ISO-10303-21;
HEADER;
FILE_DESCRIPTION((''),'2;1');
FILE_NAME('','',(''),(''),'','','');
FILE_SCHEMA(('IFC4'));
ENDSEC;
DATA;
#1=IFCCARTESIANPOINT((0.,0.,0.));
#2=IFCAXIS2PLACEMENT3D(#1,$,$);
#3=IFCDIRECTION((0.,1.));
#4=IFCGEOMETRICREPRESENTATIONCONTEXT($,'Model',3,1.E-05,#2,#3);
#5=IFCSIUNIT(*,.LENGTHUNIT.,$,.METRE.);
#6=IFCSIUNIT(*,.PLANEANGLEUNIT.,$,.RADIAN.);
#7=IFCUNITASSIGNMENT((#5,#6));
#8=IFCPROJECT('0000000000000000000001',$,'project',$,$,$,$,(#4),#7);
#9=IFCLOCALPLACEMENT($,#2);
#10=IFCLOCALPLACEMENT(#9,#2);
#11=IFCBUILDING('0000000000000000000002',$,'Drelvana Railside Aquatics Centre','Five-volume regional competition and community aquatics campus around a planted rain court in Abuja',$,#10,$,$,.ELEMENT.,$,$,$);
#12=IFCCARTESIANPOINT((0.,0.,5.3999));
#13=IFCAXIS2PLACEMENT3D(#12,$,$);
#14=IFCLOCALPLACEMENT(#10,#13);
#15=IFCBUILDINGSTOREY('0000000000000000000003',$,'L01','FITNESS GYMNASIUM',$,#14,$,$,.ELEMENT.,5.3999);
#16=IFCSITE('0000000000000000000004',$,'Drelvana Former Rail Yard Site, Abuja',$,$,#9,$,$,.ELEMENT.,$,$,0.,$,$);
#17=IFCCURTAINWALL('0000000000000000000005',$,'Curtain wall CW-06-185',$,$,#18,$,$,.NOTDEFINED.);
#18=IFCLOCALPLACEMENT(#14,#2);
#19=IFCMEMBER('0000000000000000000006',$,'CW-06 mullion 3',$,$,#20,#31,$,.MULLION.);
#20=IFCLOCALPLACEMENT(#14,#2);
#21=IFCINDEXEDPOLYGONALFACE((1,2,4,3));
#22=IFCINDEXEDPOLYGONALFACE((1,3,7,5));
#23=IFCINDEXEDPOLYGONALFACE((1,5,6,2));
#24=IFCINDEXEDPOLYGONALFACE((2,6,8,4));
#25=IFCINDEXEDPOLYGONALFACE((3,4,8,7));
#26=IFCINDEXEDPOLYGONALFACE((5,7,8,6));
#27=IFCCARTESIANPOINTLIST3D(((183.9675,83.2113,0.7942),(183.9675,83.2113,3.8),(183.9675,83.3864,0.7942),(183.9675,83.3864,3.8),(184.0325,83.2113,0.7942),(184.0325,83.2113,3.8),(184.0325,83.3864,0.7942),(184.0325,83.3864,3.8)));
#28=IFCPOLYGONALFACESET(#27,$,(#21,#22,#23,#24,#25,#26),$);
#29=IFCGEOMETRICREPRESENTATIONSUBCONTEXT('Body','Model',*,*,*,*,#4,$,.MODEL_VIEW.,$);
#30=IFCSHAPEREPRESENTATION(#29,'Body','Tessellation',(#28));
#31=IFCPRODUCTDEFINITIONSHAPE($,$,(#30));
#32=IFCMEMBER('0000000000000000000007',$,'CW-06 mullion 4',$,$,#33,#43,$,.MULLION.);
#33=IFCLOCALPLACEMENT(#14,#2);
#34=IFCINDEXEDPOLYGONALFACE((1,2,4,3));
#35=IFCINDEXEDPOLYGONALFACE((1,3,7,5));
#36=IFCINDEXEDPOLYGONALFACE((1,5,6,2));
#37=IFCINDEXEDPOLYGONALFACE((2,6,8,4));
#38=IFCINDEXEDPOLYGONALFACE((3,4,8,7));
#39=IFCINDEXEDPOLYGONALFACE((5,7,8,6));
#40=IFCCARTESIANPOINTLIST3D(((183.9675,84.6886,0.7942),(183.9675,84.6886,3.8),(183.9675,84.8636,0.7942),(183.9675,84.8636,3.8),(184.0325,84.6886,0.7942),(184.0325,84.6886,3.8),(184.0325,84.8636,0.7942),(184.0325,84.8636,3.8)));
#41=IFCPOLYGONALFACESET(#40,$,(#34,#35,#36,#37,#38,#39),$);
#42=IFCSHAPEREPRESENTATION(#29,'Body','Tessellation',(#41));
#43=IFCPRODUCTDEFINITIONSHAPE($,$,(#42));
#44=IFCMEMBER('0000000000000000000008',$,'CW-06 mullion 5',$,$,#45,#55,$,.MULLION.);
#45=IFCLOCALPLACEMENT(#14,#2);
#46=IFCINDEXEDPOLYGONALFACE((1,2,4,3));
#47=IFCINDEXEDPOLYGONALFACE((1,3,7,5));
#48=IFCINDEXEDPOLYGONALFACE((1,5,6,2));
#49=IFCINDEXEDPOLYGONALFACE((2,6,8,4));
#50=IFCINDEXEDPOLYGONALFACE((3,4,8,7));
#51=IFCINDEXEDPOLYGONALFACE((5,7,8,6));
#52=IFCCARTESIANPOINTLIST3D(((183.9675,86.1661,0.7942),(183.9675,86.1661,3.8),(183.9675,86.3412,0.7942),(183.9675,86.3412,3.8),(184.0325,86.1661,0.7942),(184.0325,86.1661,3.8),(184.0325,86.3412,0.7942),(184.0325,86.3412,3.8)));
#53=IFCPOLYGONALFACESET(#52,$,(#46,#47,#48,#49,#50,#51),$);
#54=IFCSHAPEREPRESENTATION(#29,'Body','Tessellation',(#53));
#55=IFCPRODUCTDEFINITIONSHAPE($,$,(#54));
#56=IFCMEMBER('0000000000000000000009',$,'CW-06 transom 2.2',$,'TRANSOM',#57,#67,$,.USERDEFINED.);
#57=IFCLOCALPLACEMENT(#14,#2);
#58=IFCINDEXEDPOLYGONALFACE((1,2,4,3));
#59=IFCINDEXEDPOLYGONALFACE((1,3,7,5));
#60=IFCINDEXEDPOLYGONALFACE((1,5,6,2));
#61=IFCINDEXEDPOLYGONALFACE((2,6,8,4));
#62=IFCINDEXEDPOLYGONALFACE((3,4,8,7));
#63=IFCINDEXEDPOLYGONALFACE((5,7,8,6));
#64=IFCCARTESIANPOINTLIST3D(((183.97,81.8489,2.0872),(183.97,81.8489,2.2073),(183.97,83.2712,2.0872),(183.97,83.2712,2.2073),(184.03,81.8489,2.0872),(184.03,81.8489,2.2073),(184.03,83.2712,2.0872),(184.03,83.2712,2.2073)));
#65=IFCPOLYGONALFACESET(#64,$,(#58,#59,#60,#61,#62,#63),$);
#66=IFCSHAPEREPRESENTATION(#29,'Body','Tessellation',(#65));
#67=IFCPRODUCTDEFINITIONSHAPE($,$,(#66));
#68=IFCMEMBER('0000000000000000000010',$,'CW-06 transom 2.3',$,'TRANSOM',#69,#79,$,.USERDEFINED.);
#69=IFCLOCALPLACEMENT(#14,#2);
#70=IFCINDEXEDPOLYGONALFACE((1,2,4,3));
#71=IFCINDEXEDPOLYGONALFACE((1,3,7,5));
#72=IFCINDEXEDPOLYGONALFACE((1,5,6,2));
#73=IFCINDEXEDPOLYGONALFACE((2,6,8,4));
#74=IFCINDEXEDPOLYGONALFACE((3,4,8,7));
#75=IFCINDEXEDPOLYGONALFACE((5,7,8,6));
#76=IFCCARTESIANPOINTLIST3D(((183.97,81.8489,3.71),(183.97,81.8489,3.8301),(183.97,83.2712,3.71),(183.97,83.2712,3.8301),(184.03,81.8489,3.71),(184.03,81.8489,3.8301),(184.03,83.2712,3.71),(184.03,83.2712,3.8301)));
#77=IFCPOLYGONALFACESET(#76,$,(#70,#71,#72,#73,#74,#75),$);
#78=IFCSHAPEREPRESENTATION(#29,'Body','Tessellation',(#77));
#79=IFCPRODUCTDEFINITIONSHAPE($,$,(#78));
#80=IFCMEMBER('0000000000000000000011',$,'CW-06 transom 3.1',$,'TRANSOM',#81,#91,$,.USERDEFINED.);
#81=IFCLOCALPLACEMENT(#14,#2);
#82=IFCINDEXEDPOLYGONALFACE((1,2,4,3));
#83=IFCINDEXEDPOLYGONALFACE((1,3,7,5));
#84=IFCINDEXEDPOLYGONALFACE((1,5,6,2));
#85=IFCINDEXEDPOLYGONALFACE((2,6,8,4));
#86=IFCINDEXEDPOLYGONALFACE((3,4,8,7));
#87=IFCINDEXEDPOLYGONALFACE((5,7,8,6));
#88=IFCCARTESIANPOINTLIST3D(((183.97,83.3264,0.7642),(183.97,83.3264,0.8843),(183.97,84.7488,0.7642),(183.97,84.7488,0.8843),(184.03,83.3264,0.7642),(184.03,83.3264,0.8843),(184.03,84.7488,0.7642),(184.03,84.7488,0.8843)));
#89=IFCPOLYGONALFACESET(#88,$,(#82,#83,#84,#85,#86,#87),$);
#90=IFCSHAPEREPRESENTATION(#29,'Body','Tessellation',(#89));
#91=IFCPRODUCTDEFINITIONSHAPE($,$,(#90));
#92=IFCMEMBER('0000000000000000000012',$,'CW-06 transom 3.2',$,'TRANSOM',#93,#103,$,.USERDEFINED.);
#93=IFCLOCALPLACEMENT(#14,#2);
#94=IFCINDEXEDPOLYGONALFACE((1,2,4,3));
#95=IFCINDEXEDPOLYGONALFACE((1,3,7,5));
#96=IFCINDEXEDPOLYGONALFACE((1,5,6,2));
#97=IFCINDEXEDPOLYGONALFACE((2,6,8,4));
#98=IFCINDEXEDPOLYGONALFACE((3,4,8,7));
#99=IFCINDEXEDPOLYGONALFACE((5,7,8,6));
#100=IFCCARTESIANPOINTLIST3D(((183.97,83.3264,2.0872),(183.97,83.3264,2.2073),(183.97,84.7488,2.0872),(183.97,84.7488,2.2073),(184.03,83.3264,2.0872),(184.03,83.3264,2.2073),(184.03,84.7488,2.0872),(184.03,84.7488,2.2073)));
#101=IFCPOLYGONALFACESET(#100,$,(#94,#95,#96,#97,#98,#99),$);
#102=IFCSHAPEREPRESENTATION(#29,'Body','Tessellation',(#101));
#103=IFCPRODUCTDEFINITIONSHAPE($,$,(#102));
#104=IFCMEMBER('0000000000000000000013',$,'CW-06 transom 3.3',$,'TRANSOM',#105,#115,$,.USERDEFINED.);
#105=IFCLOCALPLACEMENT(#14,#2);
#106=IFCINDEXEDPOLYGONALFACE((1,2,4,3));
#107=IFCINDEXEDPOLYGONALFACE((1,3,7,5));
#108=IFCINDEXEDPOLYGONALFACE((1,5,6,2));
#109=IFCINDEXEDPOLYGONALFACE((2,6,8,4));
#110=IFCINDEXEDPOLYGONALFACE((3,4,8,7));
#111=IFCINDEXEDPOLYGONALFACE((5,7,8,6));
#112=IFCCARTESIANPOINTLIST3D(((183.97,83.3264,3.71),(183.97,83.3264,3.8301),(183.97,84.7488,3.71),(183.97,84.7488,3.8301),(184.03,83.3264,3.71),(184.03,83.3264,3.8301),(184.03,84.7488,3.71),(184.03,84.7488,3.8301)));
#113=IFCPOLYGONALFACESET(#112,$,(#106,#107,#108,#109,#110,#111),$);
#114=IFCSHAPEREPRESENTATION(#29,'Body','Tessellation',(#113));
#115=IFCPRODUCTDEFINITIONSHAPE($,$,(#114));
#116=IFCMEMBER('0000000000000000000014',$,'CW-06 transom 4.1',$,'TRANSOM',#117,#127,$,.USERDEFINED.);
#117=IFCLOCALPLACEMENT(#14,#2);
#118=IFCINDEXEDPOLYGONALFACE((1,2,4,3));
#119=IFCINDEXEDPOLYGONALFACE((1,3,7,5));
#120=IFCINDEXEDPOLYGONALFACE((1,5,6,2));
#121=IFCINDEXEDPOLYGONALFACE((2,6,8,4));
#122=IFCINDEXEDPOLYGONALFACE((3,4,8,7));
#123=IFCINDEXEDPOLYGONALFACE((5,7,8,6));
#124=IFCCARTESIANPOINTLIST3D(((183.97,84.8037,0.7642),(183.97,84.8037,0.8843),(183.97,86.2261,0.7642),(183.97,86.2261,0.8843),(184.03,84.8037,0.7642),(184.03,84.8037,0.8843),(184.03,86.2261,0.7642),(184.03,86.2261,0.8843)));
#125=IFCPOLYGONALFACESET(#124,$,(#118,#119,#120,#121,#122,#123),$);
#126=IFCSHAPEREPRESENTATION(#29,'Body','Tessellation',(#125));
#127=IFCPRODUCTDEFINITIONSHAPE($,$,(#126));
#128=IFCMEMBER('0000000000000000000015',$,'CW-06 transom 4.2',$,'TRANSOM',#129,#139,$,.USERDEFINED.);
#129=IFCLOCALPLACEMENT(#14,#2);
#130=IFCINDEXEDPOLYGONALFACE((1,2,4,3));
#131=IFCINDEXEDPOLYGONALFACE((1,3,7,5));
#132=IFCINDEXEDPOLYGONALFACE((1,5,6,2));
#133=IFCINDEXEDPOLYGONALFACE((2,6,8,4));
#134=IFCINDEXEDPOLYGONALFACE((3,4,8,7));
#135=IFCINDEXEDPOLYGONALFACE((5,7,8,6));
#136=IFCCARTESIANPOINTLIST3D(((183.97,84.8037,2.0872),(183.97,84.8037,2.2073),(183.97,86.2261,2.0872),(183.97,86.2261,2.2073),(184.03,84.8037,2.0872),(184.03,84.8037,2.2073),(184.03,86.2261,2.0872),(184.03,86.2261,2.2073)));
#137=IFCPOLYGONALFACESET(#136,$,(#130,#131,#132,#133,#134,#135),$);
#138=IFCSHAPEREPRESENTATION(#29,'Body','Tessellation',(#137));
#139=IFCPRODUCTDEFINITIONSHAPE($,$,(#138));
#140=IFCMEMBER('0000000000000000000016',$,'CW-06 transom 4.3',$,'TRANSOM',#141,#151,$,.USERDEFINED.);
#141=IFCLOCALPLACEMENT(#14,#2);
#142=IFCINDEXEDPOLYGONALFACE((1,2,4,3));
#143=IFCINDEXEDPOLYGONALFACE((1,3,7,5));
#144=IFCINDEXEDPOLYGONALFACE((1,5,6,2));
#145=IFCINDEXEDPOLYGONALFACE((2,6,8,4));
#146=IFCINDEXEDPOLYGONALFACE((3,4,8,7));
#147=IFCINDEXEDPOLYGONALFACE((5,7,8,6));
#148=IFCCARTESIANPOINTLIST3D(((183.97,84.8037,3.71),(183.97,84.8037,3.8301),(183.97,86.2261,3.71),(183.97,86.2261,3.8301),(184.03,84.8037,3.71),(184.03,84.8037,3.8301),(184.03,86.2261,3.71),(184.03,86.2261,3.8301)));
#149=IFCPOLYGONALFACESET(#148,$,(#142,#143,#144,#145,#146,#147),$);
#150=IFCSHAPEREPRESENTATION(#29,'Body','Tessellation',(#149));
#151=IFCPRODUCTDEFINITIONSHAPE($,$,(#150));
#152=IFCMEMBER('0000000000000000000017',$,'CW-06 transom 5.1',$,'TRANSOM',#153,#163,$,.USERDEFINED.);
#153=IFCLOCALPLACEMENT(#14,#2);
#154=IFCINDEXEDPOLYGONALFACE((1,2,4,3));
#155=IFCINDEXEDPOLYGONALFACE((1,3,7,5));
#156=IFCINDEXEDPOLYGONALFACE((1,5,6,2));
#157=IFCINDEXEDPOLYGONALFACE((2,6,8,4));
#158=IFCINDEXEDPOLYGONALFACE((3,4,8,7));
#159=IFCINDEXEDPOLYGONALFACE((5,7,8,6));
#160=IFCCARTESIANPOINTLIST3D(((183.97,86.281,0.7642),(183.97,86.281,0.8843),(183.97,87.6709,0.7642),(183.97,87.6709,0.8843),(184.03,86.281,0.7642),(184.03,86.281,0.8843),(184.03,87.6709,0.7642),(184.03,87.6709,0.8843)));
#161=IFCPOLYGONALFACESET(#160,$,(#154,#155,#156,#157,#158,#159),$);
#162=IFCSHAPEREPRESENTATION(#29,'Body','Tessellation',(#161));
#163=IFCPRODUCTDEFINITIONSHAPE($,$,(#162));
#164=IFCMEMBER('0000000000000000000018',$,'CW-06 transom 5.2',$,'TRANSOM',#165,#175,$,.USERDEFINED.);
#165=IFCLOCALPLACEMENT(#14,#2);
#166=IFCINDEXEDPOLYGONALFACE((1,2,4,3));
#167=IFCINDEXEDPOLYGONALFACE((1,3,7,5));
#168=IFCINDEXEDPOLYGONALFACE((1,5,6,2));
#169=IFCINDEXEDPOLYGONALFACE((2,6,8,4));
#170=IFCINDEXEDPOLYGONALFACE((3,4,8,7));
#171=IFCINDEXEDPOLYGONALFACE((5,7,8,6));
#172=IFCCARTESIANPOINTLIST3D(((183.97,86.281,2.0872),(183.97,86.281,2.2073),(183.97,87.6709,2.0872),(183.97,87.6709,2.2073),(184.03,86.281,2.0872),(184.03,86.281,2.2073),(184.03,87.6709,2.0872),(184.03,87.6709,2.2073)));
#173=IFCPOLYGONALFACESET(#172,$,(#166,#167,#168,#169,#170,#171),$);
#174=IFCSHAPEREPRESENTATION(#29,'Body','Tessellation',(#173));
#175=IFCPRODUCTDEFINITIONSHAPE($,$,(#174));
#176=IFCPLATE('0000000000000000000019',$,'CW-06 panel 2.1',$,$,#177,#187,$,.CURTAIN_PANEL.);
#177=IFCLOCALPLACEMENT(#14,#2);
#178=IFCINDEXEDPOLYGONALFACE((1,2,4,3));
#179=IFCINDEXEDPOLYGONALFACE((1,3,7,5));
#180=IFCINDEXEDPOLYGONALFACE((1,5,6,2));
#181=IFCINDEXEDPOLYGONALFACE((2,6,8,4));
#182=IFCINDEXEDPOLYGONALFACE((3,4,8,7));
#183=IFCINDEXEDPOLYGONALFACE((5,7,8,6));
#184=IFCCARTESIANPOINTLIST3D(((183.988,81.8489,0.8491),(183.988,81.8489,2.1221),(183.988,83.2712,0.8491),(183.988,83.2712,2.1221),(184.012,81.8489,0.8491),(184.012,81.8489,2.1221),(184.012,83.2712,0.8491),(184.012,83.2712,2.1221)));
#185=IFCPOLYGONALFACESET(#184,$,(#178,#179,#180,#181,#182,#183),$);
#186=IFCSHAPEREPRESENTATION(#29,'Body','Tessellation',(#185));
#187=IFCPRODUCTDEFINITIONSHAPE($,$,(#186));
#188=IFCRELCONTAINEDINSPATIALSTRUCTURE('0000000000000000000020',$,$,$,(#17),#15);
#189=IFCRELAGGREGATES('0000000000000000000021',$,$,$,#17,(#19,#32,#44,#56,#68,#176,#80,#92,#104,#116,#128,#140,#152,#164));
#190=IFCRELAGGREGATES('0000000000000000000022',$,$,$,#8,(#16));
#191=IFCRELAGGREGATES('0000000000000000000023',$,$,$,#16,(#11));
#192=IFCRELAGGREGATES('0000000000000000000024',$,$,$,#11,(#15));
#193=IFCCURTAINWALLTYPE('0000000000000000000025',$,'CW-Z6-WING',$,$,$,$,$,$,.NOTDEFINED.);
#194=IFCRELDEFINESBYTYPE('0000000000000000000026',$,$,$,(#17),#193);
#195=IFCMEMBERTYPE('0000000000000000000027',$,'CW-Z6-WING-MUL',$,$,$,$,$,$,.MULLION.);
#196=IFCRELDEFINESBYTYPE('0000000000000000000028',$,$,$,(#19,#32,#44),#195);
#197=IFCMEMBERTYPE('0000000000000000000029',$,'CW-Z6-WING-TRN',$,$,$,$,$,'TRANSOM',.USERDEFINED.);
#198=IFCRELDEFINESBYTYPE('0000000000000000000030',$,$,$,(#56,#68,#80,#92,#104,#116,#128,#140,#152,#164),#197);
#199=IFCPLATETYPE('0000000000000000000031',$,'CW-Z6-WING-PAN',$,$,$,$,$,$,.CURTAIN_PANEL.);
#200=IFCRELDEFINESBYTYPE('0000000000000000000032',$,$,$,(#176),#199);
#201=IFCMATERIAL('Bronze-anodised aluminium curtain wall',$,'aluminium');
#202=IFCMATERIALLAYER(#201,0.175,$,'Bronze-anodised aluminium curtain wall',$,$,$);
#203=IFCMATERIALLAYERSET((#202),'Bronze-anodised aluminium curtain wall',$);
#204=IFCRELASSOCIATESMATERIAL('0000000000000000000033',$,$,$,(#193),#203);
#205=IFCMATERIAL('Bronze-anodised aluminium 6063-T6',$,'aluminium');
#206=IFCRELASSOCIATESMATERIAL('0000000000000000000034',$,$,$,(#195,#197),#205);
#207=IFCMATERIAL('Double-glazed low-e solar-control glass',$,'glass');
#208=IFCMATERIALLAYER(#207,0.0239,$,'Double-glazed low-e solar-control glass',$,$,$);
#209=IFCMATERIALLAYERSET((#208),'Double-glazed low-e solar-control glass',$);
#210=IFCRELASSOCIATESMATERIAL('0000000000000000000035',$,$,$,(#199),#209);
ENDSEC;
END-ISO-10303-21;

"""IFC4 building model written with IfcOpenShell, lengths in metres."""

from ifc_helpers import new_model, si_unit, direction, frame, origin, origin_2d, place, context, subcontext, project, spatial, rectangle, extrude, material, layer, layer_set, material_profile, profile_set, type_object, element, aggregate, save


model = new_model("IFC4")

# Units and contexts
model_context = context("Model", 3, precision=1e-05, world=origin(), true_north=direction((0.0, 1.0)))
body_context = subcontext(model_context, "Body", "Model", "MODEL_VIEW")
ifc_project = project(units=[si_unit("LENGTHUNIT", "METRE"), si_unit("PLANEANGLEUNIT", "RADIAN")], contexts=[model_context])

# Site, building, storey
site_placement = place(None, origin())
site = spatial("IfcSite", under=ifc_project, at=site_placement, Name="Drelvana Former Rail Yard Site, Abuja", CompositionType="ELEMENT", RefElevation=0.0)
building_placement = place(site_placement, origin())
building = spatial("IfcBuilding", under=site, at=building_placement, Name="Drelvana Railside Aquatics Centre", Description="Five-volume regional competition and community aquatics campus around a planted rain court in Abuja", CompositionType="ELEMENT")
storey_placement = place(building_placement, frame((0.0, 0.0, 5.3999)))
storey = spatial("IfcBuildingStorey", under=building, at=storey_placement, Name="L01", Description="FITNESS GYMNASIUM", CompositionType="ELEMENT", Elevation=5.3999)

# Curtain wall, members, plate
ifc_material_1 = material(Name="Bronze-anodised aluminium curtain wall", Category="aluminium")
ifc_layer_1 = layer(ifc_material_1, 0.175, Name="Bronze-anodised aluminium curtain wall")
ifc_layer_set_1 = layer_set([ifc_layer_1], Name="Bronze-anodised aluminium curtain wall")
curtain_wall_type = type_object("IfcCurtainWallType", Name="CW-Z6-WING", PredefinedType="NOTDEFINED", material=ifc_layer_set_1)
curtain_wall_placement = place(storey_placement, origin())
curtain_wall = element("IfcCurtainWall", 1, at=curtain_wall_placement, inside=storey, type_object=curtain_wall_type, Name="Curtain wall CW-06-185", PredefinedType="NOTDEFINED")
ifc_material_2 = material(Name="Bronze-anodised aluminium 6063-T6", Category="aluminium")
ifc_material_profile_1 = material_profile(ifc_material_2, rectangle(XDim=0.0649, YDim=0.175, at=origin_2d()), Name="ALU-M 65x175")
ifc_profile_set_1 = profile_set([ifc_material_profile_1], Name="Bronze-anodised aluminium 6063-T6")
member_type_1 = type_object("IfcMemberType", Name="CW-Z6-WING-MUL", PredefinedType="MULLION", material=ifc_profile_set_1)
member_1_placement = place(storey_placement, frame((184.0, 83.2988, 0.7942), z_axis=(0.0, 0.0, 1.0), x_axis=(-1.0, 0.0, 0.0)))
member_1 = element("IfcMember", 2, at=member_1_placement, type_object=member_type_1, Name="CW-06 mullion 3", PredefinedType="MULLION", context=body_context, shape_type="SweptSolid", body=[
    extrude(rectangle(XDim=0.0649, YDim=0.175, at=origin_2d()), origin(), (0.0, 0.0, 1.0), 3.0059),
])
member_2_placement = place(storey_placement, frame((184.0, 84.7761, 0.7942), z_axis=(0.0, 0.0, 1.0), x_axis=(-1.0, 0.0, 0.0)))
member_2 = element("IfcMember", 3, at=member_2_placement, type_object=member_type_1, Name="CW-06 mullion 4", PredefinedType="MULLION", context=body_context, shape_type="SweptSolid", body=[
    extrude(rectangle(XDim=0.0649, YDim=0.175, at=origin_2d()), origin(), (0.0, 0.0, 1.0), 3.0059),
])
member_3_placement = place(storey_placement, frame((184.0, 86.2537, 0.7942), z_axis=(0.0, 0.0, 1.0), x_axis=(-1.0, 0.0, 0.0)))
member_3 = element("IfcMember", 4, at=member_3_placement, type_object=member_type_1, Name="CW-06 mullion 5", PredefinedType="MULLION", context=body_context, shape_type="SweptSolid", body=[
    extrude(rectangle(XDim=0.0649, YDim=0.175, at=origin_2d()), origin(), (0.0, 0.0, 1.0), 3.0059),
])
ifc_material_profile_2 = material_profile(ifc_material_2, rectangle(XDim=0.1201, YDim=0.0601, at=origin_2d()), Name="ALU-T 60x120")
ifc_profile_set_2 = profile_set([ifc_material_profile_2], Name="Bronze-anodised aluminium 6063-T6")
member_type_2 = type_object("IfcMemberType", Name="CW-Z6-WING-TRN", ElementType="TRANSOM", PredefinedType="USERDEFINED", material=ifc_profile_set_2)
member_4_placement = place(storey_placement, frame((184.0, 81.8489, 2.1472), z_axis=(0.0, 1.0, 0.0), x_axis=(0.0, 0.0, 1.0)))
member_4 = element("IfcMember", 5, at=member_4_placement, type_object=member_type_2, Name="CW-06 transom 2.2", ObjectType="TRANSOM", PredefinedType="USERDEFINED", context=body_context, shape_type="SweptSolid", body=[
    extrude(rectangle(XDim=0.1201, YDim=0.0601, at=origin_2d()), origin(), (0.0, 0.0, 1.0), 1.4224),
])
member_5_placement = place(storey_placement, frame((184.0, 81.8489, 3.77), z_axis=(0.0, 1.0, 0.0), x_axis=(0.0, 0.0, 1.0)))
member_5 = element("IfcMember", 6, at=member_5_placement, type_object=member_type_2, Name="CW-06 transom 2.3", ObjectType="TRANSOM", PredefinedType="USERDEFINED", context=body_context, shape_type="SweptSolid", body=[
    extrude(rectangle(XDim=0.1201, YDim=0.0601, at=origin_2d()), origin(), (0.0, 0.0, 1.0), 1.4224),
])
member_6_placement = place(storey_placement, frame((184.0, 83.3264, 0.8242), z_axis=(0.0, 1.0, 0.0), x_axis=(0.0, 0.0, 1.0)))
member_6 = element("IfcMember", 7, at=member_6_placement, type_object=member_type_2, Name="CW-06 transom 3.1", ObjectType="TRANSOM", PredefinedType="USERDEFINED", context=body_context, shape_type="SweptSolid", body=[
    extrude(rectangle(XDim=0.1201, YDim=0.0601, at=origin_2d()), origin(), (0.0, 0.0, 1.0), 1.4224),
])
member_7_placement = place(storey_placement, frame((184.0, 83.3264, 2.1472), z_axis=(0.0, 1.0, 0.0), x_axis=(0.0, 0.0, 1.0)))
member_7 = element("IfcMember", 8, at=member_7_placement, type_object=member_type_2, Name="CW-06 transom 3.2", ObjectType="TRANSOM", PredefinedType="USERDEFINED", context=body_context, shape_type="SweptSolid", body=[
    extrude(rectangle(XDim=0.1201, YDim=0.0601, at=origin_2d()), origin(), (0.0, 0.0, 1.0), 1.4224),
])
member_8_placement = place(storey_placement, frame((184.0, 83.3264, 3.77), z_axis=(0.0, 1.0, 0.0), x_axis=(0.0, 0.0, 1.0)))
member_8 = element("IfcMember", 9, at=member_8_placement, type_object=member_type_2, Name="CW-06 transom 3.3", ObjectType="TRANSOM", PredefinedType="USERDEFINED", context=body_context, shape_type="SweptSolid", body=[
    extrude(rectangle(XDim=0.1201, YDim=0.0601, at=origin_2d()), origin(), (0.0, 0.0, 1.0), 1.4224),
])
member_9_placement = place(storey_placement, frame((184.0, 84.8037, 0.8242), z_axis=(0.0, 1.0, 0.0), x_axis=(0.0, 0.0, 1.0)))
member_9 = element("IfcMember", 10, at=member_9_placement, type_object=member_type_2, Name="CW-06 transom 4.1", ObjectType="TRANSOM", PredefinedType="USERDEFINED", context=body_context, shape_type="SweptSolid", body=[
    extrude(rectangle(XDim=0.1201, YDim=0.0601, at=origin_2d()), origin(), (0.0, 0.0, 1.0), 1.4224),
])
member_10_placement = place(storey_placement, frame((184.0, 84.8037, 2.1472), z_axis=(0.0, 1.0, 0.0), x_axis=(0.0, 0.0, 1.0)))
member_10 = element("IfcMember", 11, at=member_10_placement, type_object=member_type_2, Name="CW-06 transom 4.2", ObjectType="TRANSOM", PredefinedType="USERDEFINED", context=body_context, shape_type="SweptSolid", body=[
    extrude(rectangle(XDim=0.1201, YDim=0.0601, at=origin_2d()), origin(), (0.0, 0.0, 1.0), 1.4224),
])
member_11_placement = place(storey_placement, frame((184.0, 84.8037, 3.77), z_axis=(0.0, 1.0, 0.0), x_axis=(0.0, 0.0, 1.0)))
member_11 = element("IfcMember", 12, at=member_11_placement, type_object=member_type_2, Name="CW-06 transom 4.3", ObjectType="TRANSOM", PredefinedType="USERDEFINED", context=body_context, shape_type="SweptSolid", body=[
    extrude(rectangle(XDim=0.1201, YDim=0.0601, at=origin_2d()), origin(), (0.0, 0.0, 1.0), 1.4224),
])
member_12_placement = place(storey_placement, frame((184.0, 86.281, 0.8242), z_axis=(0.0, 1.0, 0.0), x_axis=(0.0, 0.0, 1.0)))
member_12 = element("IfcMember", 13, at=member_12_placement, type_object=member_type_2, Name="CW-06 transom 5.1", ObjectType="TRANSOM", PredefinedType="USERDEFINED", context=body_context, shape_type="SweptSolid", body=[
    extrude(rectangle(XDim=0.1201, YDim=0.0601, at=origin_2d()), origin(), (0.0, 0.0, 1.0), 1.3899),
])
member_13_placement = place(storey_placement, frame((184.0, 86.281, 2.1472), z_axis=(0.0, 1.0, 0.0), x_axis=(0.0, 0.0, 1.0)))
member_13 = element("IfcMember", 14, at=member_13_placement, type_object=member_type_2, Name="CW-06 transom 5.2", ObjectType="TRANSOM", PredefinedType="USERDEFINED", context=body_context, shape_type="SweptSolid", body=[
    extrude(rectangle(XDim=0.1201, YDim=0.0601, at=origin_2d()), origin(), (0.0, 0.0, 1.0), 1.3899),
])
ifc_material_3 = material(Name="Double-glazed low-e solar-control glass", Category="glass")
ifc_layer_2 = layer(ifc_material_3, 0.0239, Name="Double-glazed low-e solar-control glass")
ifc_layer_set_2 = layer_set([ifc_layer_2], Name="Double-glazed low-e solar-control glass")
plate_type = type_object("IfcPlateType", Name="CW-Z6-WING-PAN", PredefinedType="CURTAIN_PANEL", material=ifc_layer_set_2)
plate_1_placement = place(storey_placement, frame((184.0, 82.5601, 0.8491), z_axis=(0.0, 0.0, 1.0), x_axis=(0.0, 1.0, 0.0)))
plate_1 = element("IfcPlate", 15, at=plate_1_placement, type_object=plate_type, Name="CW-06 panel 2.1", PredefinedType="CURTAIN_PANEL", context=body_context, shape_type="SweptSolid", body=[
    extrude(rectangle(XDim=1.4224, YDim=0.0239, at=origin_2d()), origin(), (0.0, 0.0, 1.0), 1.2729),
])
aggregate(curtain_wall, [member_1, member_2, member_3, member_4, member_5, plate_1, member_6, member_7, member_8, member_9, member_10, member_11, member_12, member_13])

save(model, "model.ifc")
